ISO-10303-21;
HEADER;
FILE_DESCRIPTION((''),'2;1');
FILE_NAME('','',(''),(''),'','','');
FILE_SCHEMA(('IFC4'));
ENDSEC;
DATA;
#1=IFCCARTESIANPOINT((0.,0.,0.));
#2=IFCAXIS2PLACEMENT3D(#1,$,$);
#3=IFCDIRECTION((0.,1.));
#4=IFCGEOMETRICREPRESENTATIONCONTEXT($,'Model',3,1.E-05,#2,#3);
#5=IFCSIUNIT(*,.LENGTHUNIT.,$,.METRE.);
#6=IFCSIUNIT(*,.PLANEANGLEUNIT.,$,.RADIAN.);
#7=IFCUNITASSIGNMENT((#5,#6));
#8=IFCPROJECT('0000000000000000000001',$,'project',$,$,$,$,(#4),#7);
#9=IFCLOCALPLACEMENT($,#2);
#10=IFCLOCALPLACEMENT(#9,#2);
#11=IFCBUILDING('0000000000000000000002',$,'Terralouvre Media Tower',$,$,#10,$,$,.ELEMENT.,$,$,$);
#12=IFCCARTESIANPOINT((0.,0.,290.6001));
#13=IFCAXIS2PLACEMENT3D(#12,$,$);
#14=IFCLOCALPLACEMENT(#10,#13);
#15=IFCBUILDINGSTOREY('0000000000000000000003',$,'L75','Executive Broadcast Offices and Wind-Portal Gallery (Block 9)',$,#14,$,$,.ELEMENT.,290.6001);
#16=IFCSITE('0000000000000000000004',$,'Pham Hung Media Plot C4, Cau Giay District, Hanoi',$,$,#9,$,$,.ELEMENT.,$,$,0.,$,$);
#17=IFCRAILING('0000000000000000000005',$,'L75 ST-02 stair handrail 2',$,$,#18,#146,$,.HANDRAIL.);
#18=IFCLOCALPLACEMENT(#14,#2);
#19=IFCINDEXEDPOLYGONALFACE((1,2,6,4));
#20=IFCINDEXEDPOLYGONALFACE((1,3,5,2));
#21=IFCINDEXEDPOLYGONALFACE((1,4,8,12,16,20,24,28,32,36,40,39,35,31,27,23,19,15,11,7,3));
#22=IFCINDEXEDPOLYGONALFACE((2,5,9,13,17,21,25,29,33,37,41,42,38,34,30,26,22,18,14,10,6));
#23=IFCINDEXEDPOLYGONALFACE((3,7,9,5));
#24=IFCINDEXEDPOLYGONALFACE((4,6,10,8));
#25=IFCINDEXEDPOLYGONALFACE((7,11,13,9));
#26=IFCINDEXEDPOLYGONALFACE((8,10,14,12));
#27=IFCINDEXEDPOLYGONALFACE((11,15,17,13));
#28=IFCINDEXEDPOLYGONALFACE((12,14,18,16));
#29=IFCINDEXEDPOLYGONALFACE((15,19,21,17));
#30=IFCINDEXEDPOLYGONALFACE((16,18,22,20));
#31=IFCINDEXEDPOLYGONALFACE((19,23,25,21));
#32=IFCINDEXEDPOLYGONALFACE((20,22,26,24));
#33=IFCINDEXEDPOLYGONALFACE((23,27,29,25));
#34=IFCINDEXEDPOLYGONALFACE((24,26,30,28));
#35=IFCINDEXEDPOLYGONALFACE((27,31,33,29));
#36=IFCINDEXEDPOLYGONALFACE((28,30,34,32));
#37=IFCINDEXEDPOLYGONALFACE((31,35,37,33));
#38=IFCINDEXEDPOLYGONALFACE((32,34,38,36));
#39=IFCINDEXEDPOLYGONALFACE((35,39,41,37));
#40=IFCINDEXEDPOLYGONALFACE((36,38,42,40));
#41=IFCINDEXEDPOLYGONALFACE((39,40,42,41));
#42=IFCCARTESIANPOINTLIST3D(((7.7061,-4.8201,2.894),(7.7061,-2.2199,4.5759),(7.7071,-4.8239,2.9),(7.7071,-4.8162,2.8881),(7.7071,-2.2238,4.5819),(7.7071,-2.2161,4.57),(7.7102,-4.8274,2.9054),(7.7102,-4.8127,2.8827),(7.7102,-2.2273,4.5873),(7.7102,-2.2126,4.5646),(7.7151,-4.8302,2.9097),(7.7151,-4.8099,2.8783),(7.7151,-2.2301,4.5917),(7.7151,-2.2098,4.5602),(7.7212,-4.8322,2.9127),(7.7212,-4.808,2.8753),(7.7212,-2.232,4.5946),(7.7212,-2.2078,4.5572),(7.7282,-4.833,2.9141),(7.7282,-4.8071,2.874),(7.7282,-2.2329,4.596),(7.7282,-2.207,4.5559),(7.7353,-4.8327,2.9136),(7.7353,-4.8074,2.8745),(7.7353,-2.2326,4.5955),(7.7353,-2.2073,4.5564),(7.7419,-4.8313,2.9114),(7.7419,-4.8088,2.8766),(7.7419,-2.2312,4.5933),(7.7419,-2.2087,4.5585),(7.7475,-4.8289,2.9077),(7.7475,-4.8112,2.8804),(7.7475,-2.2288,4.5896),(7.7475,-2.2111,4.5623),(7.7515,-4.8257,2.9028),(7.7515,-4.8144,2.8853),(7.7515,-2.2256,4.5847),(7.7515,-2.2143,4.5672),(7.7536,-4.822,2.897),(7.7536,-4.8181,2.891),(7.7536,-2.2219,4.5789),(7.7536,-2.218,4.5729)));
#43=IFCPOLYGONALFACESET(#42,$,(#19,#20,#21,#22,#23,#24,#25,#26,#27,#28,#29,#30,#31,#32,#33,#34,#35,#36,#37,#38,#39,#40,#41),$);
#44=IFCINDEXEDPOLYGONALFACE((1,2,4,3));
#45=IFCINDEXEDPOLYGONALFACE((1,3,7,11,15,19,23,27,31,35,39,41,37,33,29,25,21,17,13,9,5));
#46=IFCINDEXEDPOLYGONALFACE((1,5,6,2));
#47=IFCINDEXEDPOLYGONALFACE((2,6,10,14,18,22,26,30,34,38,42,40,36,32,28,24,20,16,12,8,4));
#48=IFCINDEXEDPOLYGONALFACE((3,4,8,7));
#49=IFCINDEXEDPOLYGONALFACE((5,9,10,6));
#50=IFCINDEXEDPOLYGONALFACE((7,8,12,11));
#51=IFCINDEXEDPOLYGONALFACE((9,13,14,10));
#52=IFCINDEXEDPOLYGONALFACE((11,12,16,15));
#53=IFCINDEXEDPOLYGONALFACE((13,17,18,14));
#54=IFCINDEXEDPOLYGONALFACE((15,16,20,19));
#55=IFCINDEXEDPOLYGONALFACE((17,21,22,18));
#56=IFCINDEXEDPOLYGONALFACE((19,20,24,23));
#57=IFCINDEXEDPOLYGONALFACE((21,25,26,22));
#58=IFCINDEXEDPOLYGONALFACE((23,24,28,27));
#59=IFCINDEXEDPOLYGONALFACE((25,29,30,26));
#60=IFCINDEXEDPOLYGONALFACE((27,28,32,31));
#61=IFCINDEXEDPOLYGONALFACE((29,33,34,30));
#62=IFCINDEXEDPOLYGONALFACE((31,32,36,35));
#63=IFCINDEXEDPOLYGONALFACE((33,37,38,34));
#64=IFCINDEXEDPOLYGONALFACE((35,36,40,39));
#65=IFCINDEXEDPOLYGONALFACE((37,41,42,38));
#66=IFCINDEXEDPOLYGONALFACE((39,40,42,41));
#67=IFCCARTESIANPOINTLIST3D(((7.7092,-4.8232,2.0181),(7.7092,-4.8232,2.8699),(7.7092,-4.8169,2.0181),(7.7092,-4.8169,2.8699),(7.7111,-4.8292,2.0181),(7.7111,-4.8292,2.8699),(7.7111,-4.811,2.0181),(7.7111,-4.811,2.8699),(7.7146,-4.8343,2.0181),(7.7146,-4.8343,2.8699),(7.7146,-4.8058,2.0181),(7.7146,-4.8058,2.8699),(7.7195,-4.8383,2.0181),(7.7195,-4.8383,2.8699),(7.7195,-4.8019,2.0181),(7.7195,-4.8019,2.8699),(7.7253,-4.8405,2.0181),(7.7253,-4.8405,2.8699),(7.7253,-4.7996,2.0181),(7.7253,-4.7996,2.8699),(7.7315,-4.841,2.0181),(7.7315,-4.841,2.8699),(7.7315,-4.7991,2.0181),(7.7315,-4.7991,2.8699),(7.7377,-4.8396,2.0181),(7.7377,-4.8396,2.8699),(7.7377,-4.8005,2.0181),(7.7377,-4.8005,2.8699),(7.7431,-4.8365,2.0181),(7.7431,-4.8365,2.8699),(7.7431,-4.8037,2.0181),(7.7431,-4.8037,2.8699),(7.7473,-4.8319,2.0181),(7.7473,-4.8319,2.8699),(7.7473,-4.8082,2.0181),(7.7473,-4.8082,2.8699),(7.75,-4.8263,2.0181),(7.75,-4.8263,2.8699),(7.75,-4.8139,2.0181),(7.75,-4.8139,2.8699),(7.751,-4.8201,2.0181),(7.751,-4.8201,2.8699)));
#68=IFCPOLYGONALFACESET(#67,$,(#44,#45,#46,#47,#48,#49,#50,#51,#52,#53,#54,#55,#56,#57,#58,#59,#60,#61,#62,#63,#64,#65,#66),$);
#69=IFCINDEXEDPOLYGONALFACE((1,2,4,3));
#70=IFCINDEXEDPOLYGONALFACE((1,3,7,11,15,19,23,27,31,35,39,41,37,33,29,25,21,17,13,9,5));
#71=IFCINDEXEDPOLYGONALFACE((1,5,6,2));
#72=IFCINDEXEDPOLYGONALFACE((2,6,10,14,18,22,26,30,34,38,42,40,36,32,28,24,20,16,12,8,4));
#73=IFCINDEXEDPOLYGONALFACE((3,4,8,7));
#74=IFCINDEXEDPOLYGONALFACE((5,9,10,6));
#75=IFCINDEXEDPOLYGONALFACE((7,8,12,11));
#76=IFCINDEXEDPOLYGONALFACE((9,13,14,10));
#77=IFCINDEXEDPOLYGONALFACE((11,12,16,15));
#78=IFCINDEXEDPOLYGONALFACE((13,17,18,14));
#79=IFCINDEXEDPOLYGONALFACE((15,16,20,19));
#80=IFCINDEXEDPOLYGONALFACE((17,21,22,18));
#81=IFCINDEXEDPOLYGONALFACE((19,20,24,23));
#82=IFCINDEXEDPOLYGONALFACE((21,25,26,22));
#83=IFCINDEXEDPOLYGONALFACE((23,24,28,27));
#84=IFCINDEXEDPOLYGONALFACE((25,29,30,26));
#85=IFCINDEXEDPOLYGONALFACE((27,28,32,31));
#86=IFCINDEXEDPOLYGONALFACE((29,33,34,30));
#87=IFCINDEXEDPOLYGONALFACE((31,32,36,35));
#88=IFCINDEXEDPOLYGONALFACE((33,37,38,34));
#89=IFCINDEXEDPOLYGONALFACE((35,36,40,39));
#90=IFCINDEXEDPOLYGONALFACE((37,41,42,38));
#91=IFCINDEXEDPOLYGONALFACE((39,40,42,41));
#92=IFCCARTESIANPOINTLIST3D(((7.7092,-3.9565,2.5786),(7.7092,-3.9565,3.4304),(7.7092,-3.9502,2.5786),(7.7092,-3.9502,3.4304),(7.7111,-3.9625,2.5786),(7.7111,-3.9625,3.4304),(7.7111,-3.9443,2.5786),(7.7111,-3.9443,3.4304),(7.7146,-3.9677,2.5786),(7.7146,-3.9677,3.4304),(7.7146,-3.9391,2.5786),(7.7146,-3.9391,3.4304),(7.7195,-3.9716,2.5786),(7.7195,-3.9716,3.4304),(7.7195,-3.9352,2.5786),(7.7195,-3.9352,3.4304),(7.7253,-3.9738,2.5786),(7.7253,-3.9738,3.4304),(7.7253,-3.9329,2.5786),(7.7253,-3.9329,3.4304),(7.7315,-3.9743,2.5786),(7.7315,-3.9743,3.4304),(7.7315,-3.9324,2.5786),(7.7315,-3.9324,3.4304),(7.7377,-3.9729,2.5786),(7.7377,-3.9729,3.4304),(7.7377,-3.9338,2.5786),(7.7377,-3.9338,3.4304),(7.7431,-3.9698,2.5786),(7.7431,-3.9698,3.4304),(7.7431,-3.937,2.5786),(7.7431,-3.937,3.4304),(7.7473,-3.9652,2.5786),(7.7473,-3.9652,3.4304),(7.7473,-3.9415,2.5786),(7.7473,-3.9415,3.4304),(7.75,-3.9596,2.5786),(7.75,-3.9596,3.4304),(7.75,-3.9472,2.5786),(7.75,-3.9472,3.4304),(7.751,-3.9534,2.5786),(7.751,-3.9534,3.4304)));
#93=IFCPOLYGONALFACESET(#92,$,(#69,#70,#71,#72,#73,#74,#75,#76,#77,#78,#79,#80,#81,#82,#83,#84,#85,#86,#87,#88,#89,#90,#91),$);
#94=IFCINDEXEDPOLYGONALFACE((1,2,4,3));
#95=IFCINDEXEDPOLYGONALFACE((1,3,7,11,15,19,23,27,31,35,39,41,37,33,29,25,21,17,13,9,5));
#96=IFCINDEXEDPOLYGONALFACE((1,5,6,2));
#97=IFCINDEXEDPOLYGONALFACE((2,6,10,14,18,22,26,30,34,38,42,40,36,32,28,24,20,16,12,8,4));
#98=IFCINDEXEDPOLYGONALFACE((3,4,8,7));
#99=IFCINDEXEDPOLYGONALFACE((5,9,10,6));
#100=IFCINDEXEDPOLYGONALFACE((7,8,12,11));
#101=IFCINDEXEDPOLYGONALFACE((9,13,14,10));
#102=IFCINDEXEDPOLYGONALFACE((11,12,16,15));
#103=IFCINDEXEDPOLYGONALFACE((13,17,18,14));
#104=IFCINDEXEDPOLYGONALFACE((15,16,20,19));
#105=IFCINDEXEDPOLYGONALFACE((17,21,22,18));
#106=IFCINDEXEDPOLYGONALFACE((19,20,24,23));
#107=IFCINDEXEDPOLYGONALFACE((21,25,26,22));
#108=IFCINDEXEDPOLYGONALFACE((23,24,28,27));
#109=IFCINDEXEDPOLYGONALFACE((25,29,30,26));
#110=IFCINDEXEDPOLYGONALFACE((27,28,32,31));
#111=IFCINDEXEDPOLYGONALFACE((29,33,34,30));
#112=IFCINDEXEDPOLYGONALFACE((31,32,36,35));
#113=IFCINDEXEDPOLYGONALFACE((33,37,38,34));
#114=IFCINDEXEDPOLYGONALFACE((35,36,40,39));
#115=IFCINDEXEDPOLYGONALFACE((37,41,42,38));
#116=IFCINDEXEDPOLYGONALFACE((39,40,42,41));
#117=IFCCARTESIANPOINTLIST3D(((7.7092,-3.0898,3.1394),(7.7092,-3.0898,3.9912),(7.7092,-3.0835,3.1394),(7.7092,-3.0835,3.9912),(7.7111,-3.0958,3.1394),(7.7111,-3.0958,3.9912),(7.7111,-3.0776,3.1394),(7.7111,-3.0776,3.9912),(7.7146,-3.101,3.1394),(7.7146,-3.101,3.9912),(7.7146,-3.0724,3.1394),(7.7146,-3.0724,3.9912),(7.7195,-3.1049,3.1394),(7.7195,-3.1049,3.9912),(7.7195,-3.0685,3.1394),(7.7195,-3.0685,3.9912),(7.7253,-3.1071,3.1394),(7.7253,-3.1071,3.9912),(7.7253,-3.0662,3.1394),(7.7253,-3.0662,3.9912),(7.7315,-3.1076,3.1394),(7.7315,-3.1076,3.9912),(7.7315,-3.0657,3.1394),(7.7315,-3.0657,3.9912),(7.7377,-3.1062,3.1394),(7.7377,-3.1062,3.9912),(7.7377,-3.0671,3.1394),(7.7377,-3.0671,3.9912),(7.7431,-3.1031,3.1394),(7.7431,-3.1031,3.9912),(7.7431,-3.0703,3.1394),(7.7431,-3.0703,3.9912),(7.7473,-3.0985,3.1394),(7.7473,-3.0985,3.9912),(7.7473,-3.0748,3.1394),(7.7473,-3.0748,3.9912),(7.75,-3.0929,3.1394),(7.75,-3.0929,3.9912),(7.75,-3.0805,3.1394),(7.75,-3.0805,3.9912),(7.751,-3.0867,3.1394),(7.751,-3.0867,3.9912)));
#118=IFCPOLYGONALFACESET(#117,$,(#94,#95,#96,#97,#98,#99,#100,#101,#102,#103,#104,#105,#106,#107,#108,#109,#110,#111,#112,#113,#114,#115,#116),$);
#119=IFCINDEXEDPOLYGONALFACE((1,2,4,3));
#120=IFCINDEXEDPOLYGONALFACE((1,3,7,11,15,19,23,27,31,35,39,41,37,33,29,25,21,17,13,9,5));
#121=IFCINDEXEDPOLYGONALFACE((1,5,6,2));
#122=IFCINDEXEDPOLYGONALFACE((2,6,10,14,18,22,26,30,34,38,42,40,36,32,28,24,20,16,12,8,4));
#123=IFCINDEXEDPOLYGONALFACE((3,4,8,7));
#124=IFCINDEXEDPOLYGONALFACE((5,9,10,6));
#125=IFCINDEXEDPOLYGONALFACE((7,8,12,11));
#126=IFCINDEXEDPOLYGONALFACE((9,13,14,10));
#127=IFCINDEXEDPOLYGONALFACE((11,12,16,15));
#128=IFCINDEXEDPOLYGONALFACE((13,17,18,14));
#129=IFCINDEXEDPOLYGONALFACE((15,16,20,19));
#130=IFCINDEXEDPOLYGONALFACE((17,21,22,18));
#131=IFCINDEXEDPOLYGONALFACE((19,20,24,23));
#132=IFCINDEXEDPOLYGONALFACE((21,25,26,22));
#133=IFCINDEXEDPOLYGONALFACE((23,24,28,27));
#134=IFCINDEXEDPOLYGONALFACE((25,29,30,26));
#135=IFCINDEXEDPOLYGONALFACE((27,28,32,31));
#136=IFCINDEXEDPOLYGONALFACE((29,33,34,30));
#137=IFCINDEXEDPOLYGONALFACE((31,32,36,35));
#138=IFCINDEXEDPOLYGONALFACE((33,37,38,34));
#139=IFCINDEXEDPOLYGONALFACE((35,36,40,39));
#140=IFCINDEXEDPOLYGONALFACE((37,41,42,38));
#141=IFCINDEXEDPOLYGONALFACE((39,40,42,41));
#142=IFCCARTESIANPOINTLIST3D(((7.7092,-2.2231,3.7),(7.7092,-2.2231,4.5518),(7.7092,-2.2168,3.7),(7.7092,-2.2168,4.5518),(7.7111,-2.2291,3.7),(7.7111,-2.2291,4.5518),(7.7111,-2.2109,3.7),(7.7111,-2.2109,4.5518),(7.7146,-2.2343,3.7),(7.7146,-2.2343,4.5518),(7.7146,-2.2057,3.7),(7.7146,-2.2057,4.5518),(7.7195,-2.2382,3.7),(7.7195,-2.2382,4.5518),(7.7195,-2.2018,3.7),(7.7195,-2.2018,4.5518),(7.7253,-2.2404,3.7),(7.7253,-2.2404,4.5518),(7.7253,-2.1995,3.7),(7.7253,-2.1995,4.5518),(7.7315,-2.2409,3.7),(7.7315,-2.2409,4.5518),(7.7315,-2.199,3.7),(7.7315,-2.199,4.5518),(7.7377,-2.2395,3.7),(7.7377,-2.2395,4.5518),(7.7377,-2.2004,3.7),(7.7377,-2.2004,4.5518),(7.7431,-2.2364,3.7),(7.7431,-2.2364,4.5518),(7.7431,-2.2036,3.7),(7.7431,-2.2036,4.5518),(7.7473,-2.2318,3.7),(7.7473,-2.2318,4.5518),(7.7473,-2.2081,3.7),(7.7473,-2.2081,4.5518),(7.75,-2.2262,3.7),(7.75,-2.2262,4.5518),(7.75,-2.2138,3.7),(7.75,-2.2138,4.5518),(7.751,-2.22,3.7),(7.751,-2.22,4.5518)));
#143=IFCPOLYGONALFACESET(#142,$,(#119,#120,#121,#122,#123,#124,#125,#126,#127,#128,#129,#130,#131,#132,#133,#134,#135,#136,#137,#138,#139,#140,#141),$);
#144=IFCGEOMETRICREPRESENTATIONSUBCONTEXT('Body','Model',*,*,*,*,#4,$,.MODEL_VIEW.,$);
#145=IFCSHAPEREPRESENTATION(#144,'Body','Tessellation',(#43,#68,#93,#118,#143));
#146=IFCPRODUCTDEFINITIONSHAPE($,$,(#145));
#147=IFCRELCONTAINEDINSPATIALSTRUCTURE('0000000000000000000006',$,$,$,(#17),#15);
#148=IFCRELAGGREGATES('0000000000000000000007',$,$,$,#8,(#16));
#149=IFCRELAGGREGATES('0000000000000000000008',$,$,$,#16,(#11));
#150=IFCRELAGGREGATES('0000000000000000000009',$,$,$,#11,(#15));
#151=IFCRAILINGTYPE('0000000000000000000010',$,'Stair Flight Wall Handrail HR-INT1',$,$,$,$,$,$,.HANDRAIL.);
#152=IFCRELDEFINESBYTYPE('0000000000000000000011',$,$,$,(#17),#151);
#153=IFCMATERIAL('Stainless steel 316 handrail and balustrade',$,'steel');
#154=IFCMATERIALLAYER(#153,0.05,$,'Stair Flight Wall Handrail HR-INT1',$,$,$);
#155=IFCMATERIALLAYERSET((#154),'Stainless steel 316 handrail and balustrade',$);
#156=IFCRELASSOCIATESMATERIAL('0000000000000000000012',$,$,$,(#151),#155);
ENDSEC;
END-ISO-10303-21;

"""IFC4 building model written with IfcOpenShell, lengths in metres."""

from ifc_helpers import new_model, si_unit, direction, frame, origin, origin_2d, place, context, subcontext, project, spatial, circle, extrude, material, layer, layer_set, type_object, element, save


model = new_model("IFC4")

# Units and contexts
model_context = context("Model", 3, precision=1e-05, world=origin(), true_north=direction((0.0, 1.0)))
body_context = subcontext(model_context, "Body", "Model", "MODEL_VIEW")
ifc_project = project(units=[si_unit("LENGTHUNIT", "METRE"), si_unit("PLANEANGLEUNIT", "RADIAN")], contexts=[model_context])

# Site, building, storey
site_placement = place(None, origin())
site = spatial("IfcSite", under=ifc_project, at=site_placement, Name="Pham Hung Media Plot C4, Cau Giay District, Hanoi", CompositionType="ELEMENT", RefElevation=0.0)
building_placement = place(site_placement, origin())
building = spatial("IfcBuilding", under=site, at=building_placement, Name="Terralouvre Media Tower", CompositionType="ELEMENT")
storey_placement = place(building_placement, frame((0.0, 0.0, 290.6001)))
storey = spatial("IfcBuildingStorey", under=building, at=storey_placement, Name="L75", Description="Executive Broadcast Offices and Wind-Portal Gallery (Block 9)", CompositionType="ELEMENT", Elevation=290.6001)

# Railing
ifc_material_1 = material(Name="Stainless steel 316 handrail and balustrade", Category="steel")
ifc_layer_1 = layer(ifc_material_1, 0.05, Name="Stair Flight Wall Handrail HR-INT1")
ifc_layer_set_1 = layer_set([ifc_layer_1], Name="Stainless steel 316 handrail and balustrade")
railing_type_1 = type_object("IfcRailingType", Name="Stair Flight Wall Handrail HR-INT1", PredefinedType="HANDRAIL", material=ifc_layer_set_1)
railing_1_placement = place(storey_placement, frame((7.73, -4.8201, 2.0181)))
element("IfcRailing", 1, at=railing_1_placement, inside=storey, type_object=railing_type_1, Name="L75 ST-02 stair handrail 2", PredefinedType="HANDRAIL", context=body_context, shape_type="SweptSolid", body=[
    extrude(circle(Radius=0.0239, at=origin_2d()), frame((0.0, 0.0, 0.876), z_axis=(0.0, 0.839648, 0.54313), x_axis=(-1.0, 0.0, 0.0)), (0.0, 0.0, 1.0), 3.0967),
    extrude(circle(Radius=0.021, at=origin_2d()), origin(), (0.0, 0.0, 1.0), 0.8518),
    extrude(circle(Radius=0.021, at=origin_2d()), frame((0.0, 0.8667, 0.5605)), (0.0, 0.0, 1.0), 0.8518),
    extrude(circle(Radius=0.021, at=origin_2d()), frame((0.0, 1.7334, 1.1213)), (0.0, 0.0, 1.0), 0.8518),
    extrude(circle(Radius=0.021, at=origin_2d()), frame((0.0, 2.6001, 1.6819)), (0.0, 0.0, 1.0), 0.8518),
])

save(model, "model.ifc")
